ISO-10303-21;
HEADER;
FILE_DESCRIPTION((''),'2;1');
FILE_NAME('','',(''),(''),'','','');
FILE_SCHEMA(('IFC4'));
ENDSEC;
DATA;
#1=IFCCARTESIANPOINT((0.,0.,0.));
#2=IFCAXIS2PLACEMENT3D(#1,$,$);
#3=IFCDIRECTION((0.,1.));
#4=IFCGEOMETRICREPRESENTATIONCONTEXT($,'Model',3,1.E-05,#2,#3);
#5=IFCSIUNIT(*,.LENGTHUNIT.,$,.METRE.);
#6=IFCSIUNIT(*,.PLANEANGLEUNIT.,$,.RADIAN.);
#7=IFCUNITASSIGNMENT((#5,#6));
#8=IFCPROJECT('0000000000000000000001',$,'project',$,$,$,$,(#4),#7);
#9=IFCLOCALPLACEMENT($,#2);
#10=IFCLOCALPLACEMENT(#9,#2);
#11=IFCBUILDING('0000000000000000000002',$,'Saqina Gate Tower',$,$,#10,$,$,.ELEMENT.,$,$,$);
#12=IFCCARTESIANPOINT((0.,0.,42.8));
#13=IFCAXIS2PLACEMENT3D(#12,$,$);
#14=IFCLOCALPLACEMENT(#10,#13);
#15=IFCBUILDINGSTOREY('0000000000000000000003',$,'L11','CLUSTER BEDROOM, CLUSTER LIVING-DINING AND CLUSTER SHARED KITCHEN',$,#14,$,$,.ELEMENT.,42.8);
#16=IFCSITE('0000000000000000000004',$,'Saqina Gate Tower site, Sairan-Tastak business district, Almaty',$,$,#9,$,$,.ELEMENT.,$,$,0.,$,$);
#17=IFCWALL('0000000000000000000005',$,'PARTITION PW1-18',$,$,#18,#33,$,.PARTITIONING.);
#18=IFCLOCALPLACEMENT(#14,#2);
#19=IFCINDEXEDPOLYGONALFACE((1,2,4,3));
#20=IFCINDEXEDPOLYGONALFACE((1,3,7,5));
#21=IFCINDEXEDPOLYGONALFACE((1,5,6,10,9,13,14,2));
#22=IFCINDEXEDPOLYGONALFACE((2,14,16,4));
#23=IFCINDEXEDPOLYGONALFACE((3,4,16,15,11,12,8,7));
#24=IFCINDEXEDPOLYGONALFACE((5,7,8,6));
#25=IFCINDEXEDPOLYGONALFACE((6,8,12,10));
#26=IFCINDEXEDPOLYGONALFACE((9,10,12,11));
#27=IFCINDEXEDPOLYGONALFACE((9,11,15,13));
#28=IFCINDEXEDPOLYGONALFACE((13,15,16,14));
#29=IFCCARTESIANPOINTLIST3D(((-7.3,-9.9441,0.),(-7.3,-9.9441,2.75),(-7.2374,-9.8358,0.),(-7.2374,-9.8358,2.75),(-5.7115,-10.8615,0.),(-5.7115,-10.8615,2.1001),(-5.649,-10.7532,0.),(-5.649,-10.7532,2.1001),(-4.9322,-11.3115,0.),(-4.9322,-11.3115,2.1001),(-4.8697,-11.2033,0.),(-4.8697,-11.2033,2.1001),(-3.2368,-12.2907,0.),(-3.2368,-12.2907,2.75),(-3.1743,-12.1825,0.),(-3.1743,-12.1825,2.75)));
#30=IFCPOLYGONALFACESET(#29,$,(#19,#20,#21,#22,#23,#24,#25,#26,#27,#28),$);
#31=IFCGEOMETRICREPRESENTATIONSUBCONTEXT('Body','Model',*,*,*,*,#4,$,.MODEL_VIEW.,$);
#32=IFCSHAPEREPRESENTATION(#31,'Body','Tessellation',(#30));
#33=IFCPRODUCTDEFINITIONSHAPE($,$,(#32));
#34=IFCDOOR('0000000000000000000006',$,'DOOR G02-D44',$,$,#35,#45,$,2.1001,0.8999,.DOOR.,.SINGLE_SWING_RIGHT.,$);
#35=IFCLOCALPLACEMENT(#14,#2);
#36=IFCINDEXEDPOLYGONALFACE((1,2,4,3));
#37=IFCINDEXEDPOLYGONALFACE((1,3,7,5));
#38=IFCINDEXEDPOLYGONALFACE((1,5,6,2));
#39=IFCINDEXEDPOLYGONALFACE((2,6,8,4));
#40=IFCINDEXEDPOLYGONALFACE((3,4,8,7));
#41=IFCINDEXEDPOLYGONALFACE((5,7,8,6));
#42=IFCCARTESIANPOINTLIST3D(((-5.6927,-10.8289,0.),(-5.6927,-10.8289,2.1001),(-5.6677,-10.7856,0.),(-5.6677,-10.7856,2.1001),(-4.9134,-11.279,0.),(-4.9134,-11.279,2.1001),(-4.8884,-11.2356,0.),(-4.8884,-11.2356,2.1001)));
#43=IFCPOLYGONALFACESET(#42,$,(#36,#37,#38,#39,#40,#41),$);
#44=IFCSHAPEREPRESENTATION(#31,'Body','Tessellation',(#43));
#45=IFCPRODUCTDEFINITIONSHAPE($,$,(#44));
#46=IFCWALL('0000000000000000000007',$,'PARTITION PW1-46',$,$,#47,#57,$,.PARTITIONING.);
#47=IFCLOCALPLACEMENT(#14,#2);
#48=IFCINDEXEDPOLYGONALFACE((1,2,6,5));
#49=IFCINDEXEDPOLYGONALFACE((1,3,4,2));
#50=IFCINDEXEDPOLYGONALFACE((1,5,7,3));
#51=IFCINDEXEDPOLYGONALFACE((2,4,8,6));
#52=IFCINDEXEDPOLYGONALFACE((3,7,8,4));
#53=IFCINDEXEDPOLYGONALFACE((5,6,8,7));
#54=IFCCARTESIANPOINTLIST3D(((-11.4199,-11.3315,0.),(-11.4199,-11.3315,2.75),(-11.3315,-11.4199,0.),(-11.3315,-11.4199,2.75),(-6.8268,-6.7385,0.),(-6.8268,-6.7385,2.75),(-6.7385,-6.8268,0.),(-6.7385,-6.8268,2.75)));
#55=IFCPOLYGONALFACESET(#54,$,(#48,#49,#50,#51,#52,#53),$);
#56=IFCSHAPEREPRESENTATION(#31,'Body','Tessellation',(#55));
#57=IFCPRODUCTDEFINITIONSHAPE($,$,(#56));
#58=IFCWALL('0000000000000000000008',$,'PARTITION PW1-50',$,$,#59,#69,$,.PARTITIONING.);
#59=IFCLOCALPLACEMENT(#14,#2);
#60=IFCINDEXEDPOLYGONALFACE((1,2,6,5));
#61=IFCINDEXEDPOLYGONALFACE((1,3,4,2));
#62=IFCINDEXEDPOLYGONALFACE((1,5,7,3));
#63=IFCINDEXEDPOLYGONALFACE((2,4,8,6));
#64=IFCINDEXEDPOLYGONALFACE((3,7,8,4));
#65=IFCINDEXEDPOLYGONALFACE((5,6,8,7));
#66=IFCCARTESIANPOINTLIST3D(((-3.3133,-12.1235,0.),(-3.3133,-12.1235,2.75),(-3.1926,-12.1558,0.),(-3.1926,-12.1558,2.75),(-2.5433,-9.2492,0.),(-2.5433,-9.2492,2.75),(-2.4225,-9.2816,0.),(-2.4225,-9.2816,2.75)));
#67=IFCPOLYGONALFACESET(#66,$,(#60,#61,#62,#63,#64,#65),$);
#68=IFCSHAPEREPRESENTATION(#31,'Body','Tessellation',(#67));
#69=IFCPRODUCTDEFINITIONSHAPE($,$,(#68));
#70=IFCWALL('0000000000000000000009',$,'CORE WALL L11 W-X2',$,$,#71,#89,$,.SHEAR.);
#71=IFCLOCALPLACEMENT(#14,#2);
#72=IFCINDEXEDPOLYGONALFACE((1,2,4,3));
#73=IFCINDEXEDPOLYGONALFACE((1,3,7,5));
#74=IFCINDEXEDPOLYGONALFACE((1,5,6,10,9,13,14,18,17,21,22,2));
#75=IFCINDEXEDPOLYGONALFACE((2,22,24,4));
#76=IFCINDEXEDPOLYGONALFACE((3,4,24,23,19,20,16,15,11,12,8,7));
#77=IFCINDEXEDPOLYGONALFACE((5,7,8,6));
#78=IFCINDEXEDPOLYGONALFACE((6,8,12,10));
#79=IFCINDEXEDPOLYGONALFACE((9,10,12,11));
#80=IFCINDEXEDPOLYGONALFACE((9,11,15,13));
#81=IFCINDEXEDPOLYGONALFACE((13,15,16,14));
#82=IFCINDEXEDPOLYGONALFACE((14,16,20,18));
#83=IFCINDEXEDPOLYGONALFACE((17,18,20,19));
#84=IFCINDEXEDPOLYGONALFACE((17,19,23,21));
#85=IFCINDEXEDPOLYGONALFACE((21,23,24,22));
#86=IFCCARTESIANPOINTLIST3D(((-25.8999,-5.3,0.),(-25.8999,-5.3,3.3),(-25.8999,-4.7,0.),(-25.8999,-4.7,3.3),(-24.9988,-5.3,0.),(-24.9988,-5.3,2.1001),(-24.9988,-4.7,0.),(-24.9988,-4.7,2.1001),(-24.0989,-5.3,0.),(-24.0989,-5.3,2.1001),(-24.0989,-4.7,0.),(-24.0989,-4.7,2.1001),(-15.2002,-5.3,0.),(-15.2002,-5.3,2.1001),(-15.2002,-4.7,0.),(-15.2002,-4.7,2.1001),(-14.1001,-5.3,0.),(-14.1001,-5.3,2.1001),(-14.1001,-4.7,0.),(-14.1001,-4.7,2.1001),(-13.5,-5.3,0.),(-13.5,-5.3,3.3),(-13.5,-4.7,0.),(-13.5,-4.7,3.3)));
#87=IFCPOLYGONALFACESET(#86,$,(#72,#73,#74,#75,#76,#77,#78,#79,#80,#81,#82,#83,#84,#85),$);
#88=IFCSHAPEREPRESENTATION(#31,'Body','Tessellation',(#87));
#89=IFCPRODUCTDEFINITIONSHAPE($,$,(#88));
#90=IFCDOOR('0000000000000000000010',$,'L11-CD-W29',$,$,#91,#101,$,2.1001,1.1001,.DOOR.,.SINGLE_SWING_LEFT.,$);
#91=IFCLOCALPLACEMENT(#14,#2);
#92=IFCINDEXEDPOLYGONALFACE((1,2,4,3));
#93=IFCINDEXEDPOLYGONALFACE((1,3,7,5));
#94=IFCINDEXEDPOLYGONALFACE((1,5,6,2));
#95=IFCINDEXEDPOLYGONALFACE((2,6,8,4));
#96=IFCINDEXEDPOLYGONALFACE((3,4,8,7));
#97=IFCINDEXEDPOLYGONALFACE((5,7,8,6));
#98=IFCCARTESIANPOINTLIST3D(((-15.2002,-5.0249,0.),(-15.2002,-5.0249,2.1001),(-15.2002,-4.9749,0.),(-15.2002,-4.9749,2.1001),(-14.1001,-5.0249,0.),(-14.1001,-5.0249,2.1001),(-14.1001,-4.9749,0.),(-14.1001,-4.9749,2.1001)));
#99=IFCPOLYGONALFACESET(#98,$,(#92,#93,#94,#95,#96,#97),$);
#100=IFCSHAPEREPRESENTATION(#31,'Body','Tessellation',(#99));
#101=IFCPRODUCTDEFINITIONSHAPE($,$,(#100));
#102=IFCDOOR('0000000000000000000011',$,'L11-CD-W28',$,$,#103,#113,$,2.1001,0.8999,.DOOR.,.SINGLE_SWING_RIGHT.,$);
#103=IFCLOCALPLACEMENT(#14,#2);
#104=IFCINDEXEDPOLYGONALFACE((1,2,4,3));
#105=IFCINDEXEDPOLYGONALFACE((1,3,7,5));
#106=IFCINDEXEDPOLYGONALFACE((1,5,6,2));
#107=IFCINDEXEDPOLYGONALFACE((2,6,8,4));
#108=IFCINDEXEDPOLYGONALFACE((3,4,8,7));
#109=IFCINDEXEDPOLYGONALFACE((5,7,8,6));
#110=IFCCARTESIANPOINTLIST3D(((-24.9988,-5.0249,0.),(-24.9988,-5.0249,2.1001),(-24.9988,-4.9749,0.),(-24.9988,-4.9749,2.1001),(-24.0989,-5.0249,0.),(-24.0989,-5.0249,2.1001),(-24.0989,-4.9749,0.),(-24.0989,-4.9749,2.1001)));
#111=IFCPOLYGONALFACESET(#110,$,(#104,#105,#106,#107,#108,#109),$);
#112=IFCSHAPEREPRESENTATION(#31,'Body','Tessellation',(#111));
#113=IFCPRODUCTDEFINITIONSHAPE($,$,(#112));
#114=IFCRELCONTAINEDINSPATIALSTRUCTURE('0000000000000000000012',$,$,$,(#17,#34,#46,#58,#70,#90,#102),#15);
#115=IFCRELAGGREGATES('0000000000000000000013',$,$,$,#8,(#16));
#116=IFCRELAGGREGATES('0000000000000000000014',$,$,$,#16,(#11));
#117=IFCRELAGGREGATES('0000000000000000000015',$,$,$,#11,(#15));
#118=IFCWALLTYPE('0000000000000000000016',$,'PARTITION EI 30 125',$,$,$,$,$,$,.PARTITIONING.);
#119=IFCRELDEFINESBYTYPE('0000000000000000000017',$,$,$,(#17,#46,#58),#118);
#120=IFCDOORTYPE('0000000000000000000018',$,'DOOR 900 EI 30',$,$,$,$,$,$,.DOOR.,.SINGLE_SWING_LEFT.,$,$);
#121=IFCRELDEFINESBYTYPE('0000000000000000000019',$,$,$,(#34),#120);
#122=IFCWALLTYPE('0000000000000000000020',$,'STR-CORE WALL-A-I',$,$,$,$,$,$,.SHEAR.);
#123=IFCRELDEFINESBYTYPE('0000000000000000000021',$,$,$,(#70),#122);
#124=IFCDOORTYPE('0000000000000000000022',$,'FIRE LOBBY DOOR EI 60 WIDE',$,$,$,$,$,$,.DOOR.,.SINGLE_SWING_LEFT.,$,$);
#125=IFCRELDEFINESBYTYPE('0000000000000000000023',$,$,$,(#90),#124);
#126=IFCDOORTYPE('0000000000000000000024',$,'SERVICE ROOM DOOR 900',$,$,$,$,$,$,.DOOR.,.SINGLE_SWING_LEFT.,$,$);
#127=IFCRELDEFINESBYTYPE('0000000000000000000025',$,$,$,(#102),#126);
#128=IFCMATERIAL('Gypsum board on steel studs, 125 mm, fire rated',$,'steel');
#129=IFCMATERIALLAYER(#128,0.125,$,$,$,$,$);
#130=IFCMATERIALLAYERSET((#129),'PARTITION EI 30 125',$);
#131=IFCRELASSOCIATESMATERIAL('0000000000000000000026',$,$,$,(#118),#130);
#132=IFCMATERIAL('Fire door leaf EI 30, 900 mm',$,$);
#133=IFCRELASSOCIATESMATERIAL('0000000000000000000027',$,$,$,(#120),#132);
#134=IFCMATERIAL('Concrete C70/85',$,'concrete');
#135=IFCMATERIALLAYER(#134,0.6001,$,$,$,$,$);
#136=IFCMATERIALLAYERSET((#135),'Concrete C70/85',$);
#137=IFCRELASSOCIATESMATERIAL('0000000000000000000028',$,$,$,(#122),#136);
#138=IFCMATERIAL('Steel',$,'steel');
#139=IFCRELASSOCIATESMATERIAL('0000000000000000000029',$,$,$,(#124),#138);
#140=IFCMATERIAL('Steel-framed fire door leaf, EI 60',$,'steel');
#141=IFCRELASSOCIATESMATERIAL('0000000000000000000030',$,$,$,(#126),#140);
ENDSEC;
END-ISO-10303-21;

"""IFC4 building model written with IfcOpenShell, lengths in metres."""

from ifc_helpers import new_model, si_unit, direction, frame, frame_2d, origin, place, context, subcontext, project, spatial, rectangle, extrude, material, layer, layer_set, type_object, element, fill, save


model = new_model("IFC4")

# Units and contexts
model_context = context("Model", 3, precision=1e-05, world=origin(), true_north=direction((0.0, 1.0)))
body_context = subcontext(model_context, "Body", "Model", "MODEL_VIEW")
ifc_project = project(units=[si_unit("LENGTHUNIT", "METRE"), si_unit("PLANEANGLEUNIT", "RADIAN")], contexts=[model_context])

# Site, building, storey
site_placement = place(None, origin())
site = spatial("IfcSite", under=ifc_project, at=site_placement, Name="Saqina Gate Tower site, Sairan-Tastak business district, Almaty", CompositionType="ELEMENT", RefElevation=0.0)
building_placement = place(site_placement, origin())
building = spatial("IfcBuilding", under=site, at=building_placement, Name="Saqina Gate Tower", CompositionType="ELEMENT")
storey_placement = place(building_placement, frame((0.0, 0.0, 42.8)))
storey = spatial("IfcBuildingStorey", under=building, at=storey_placement, Name="L11", Description="CLUSTER BEDROOM, CLUSTER LIVING-DINING AND CLUSTER SHARED KITCHEN", CompositionType="ELEMENT", Elevation=42.8)

# Shared definitions
ifc_material_1 = material(Name="Gypsum board on steel studs, 125 mm, fire rated", Category="steel")
ifc_layer_1 = layer(ifc_material_1, 0.125)
ifc_layer_set_1 = layer_set([ifc_layer_1], Name="PARTITION EI 30 125")
wall_type_1 = type_object("IfcWallType", Name="PARTITION EI 30 125", PredefinedType="PARTITIONING", material=ifc_layer_set_1)

# Wall, opening, door
wall_1_placement = place(storey_placement, frame((-7.2688, -9.8899, 0.0), z_axis=(0.0, 0.0, 1.0), x_axis=(0.865954, -0.500123, 0.0)))
wall_1 = element("IfcWall", 1, at=wall_1_placement, inside=storey, type_object=wall_type_1, Name="PARTITION PW1-18", PredefinedType="PARTITIONING", context=body_context, shape_type="SweptSolid", body=[
    extrude(rectangle(XDim=4.6921, YDim=0.125, at=frame_2d((2.3462, 0.0))), origin(), (0.0, 0.0, 1.0), 2.75),
])
opening_1_placement = place(wall_1_placement, frame((1.8345, 0.0, 0.0)))
opening_1 = element("IfcOpeningElement", 2, at=opening_1_placement, cuts=wall_1, PredefinedType="OPENING", context=body_context, shape_type="SweptSolid", body=[
    extrude(rectangle(XDim=0.8999, YDim=2.1001, at=frame_2d((0.45, 1.05))), frame((0.0, 0.0745, 0.0), z_axis=(0.0, -1.0, 0.0), x_axis=(1.0, 0.0, 0.0)), (0.0, 0.0, 1.0), 0.1489),
])
ifc_material_2 = material(Name="Fire door leaf EI 30, 900 mm")
door_type_1 = type_object("IfcDoorType", Name="DOOR 900 EI 30", OperationType="SINGLE_SWING_LEFT", PredefinedType="DOOR", material=ifc_material_2)
door_1_placement = place(opening_1_placement, frame((0.8999, 0.0, 0.0), z_axis=(0.0, 0.0, 1.0), x_axis=(-1.0, 0.0, 0.0)))
door_1 = element("IfcDoor", 3, at=door_1_placement, inside=storey, type_object=door_type_1, Name="DOOR G02-D44", OperationType="SINGLE_SWING_RIGHT", OverallHeight=2.1001, OverallWidth=0.8999, PredefinedType="DOOR", context=body_context, shape_type="SweptSolid", body=[
    extrude(rectangle(XDim=0.8999, YDim=2.1001, at=frame_2d((0.45, 1.05))), frame((0.0, 0.0249, 0.0), z_axis=(0.0, -1.0, 0.0), x_axis=(1.0, 0.0, 0.0)), (0.0, 0.0, 1.0), 0.05),
])
fill(opening_1, door_1)

# Walls
wall_2_placement = place(storey_placement, frame((-11.3757, -11.3757, 0.0), z_axis=(0.0, 0.0, 1.0), x_axis=(0.707107, 0.707107, 0.0)))
element("IfcWall", 4, at=wall_2_placement, inside=storey, type_object=wall_type_1, Name="PARTITION PW1-46", PredefinedType="PARTITIONING", context=body_context, shape_type="SweptSolid", body=[
    extrude(rectangle(XDim=6.4956, YDim=0.125, at=frame_2d((3.2478, 0.0))), origin(), (0.0, 0.0, 1.0), 2.75),
])
wall_3_placement = place(storey_placement, frame((-3.2529, -12.1396, 0.0), z_axis=(0.0, 0.0, 1.0), x_axis=(0.258776, 0.965937, 0.0)))
element("IfcWall", 5, at=wall_3_placement, inside=storey, type_object=wall_type_1, Name="PARTITION PW1-50", PredefinedType="PARTITIONING", context=body_context, shape_type="SweptSolid", body=[
    extrude(rectangle(XDim=2.9756, YDim=0.125, at=frame_2d((1.4878, 0.0))), origin(), (0.0, 0.0, 1.0), 2.75),
])

# Wall, openings, doors
ifc_material_3 = material(Name="Concrete C70/85", Category="concrete")
ifc_layer_2 = layer(ifc_material_3, 0.6001)
ifc_layer_set_2 = layer_set([ifc_layer_2], Name="Concrete C70/85")
wall_type_2 = type_object("IfcWallType", Name="STR-CORE WALL-A-I", PredefinedType="SHEAR", material=ifc_layer_set_2)
wall_4_placement = place(storey_placement, frame((-13.5, -5.0, 0.0), z_axis=(0.0, 0.0, 1.0), x_axis=(-1.0, 0.0, 0.0)))
wall_4 = element("IfcWall", 6, at=wall_4_placement, inside=storey, type_object=wall_type_2, Name="CORE WALL L11 W-X2", PredefinedType="SHEAR", context=body_context, shape_type="SweptSolid", body=[
    extrude(rectangle(XDim=12.3999, YDim=0.6001, at=frame_2d((6.2, 0.0))), origin(), (0.0, 0.0, 1.0), 3.3),
])
opening_2_placement = place(wall_4_placement, frame((10.5989, 0.0, 0.0)))
opening_2 = element("IfcOpeningElement", 7, at=opening_2_placement, cuts=wall_4, PredefinedType="OPENING", context=body_context, shape_type="SweptSolid", body=[
    extrude(rectangle(XDim=0.8999, YDim=2.1001, at=frame_2d((0.45, 1.05))), frame((0.0, 0.312, 0.0), z_axis=(0.0, -1.0, 0.0), x_axis=(1.0, 0.0, 0.0)), (0.0, 0.0, 1.0), 0.624),
])
opening_3_placement = place(wall_4_placement, frame((0.6001, 0.0, 0.0)))
opening_3 = element("IfcOpeningElement", 8, at=opening_3_placement, cuts=wall_4, PredefinedType="OPENING", context=body_context, shape_type="SweptSolid", body=[
    extrude(rectangle(XDim=1.1001, YDim=2.1001, at=frame_2d((0.55, 1.05))), frame((0.0, 0.312, 0.0), z_axis=(0.0, -1.0, 0.0), x_axis=(1.0, 0.0, 0.0)), (0.0, 0.0, 1.0), 0.624),
])
ifc_material_4 = material(Name="Steel", Category="steel")
door_type_2 = type_object("IfcDoorType", Name="FIRE LOBBY DOOR EI 60 WIDE", OperationType="SINGLE_SWING_LEFT", PredefinedType="DOOR", material=ifc_material_4)
door_2_placement = place(opening_3_placement, origin())
door_2 = element("IfcDoor", 9, at=door_2_placement, inside=storey, type_object=door_type_2, Name="L11-CD-W29", OperationType="SINGLE_SWING_LEFT", OverallHeight=2.1001, OverallWidth=1.1001, PredefinedType="DOOR", context=body_context, shape_type="SweptSolid", body=[
    extrude(rectangle(XDim=1.1001, YDim=2.1001, at=frame_2d((0.55, 1.05))), frame((0.0, 0.0249, 0.0), z_axis=(0.0, -1.0, 0.0), x_axis=(1.0, 0.0, 0.0)), (0.0, 0.0, 1.0), 0.05),
])
fill(opening_3, door_2)
ifc_material_5 = material(Name="Steel-framed fire door leaf, EI 60", Category="steel")
door_type_3 = type_object("IfcDoorType", Name="SERVICE ROOM DOOR 900", OperationType="SINGLE_SWING_LEFT", PredefinedType="DOOR", material=ifc_material_5)
door_3_placement = place(opening_2_placement, origin())
door_3 = element("IfcDoor", 10, at=door_3_placement, inside=storey, type_object=door_type_3, Name="L11-CD-W28", OperationType="SINGLE_SWING_RIGHT", OverallHeight=2.1001, OverallWidth=0.8999, PredefinedType="DOOR", context=body_context, shape_type="SweptSolid", body=[
    extrude(rectangle(XDim=0.8999, YDim=2.1001, at=frame_2d((0.45, 1.05))), frame((0.0, 0.0249, 0.0), z_axis=(0.0, -1.0, 0.0), x_axis=(1.0, 0.0, 0.0)), (0.0, 0.0, 1.0), 0.05),
])
fill(opening_2, door_3)

save(model, "model.ifc")
